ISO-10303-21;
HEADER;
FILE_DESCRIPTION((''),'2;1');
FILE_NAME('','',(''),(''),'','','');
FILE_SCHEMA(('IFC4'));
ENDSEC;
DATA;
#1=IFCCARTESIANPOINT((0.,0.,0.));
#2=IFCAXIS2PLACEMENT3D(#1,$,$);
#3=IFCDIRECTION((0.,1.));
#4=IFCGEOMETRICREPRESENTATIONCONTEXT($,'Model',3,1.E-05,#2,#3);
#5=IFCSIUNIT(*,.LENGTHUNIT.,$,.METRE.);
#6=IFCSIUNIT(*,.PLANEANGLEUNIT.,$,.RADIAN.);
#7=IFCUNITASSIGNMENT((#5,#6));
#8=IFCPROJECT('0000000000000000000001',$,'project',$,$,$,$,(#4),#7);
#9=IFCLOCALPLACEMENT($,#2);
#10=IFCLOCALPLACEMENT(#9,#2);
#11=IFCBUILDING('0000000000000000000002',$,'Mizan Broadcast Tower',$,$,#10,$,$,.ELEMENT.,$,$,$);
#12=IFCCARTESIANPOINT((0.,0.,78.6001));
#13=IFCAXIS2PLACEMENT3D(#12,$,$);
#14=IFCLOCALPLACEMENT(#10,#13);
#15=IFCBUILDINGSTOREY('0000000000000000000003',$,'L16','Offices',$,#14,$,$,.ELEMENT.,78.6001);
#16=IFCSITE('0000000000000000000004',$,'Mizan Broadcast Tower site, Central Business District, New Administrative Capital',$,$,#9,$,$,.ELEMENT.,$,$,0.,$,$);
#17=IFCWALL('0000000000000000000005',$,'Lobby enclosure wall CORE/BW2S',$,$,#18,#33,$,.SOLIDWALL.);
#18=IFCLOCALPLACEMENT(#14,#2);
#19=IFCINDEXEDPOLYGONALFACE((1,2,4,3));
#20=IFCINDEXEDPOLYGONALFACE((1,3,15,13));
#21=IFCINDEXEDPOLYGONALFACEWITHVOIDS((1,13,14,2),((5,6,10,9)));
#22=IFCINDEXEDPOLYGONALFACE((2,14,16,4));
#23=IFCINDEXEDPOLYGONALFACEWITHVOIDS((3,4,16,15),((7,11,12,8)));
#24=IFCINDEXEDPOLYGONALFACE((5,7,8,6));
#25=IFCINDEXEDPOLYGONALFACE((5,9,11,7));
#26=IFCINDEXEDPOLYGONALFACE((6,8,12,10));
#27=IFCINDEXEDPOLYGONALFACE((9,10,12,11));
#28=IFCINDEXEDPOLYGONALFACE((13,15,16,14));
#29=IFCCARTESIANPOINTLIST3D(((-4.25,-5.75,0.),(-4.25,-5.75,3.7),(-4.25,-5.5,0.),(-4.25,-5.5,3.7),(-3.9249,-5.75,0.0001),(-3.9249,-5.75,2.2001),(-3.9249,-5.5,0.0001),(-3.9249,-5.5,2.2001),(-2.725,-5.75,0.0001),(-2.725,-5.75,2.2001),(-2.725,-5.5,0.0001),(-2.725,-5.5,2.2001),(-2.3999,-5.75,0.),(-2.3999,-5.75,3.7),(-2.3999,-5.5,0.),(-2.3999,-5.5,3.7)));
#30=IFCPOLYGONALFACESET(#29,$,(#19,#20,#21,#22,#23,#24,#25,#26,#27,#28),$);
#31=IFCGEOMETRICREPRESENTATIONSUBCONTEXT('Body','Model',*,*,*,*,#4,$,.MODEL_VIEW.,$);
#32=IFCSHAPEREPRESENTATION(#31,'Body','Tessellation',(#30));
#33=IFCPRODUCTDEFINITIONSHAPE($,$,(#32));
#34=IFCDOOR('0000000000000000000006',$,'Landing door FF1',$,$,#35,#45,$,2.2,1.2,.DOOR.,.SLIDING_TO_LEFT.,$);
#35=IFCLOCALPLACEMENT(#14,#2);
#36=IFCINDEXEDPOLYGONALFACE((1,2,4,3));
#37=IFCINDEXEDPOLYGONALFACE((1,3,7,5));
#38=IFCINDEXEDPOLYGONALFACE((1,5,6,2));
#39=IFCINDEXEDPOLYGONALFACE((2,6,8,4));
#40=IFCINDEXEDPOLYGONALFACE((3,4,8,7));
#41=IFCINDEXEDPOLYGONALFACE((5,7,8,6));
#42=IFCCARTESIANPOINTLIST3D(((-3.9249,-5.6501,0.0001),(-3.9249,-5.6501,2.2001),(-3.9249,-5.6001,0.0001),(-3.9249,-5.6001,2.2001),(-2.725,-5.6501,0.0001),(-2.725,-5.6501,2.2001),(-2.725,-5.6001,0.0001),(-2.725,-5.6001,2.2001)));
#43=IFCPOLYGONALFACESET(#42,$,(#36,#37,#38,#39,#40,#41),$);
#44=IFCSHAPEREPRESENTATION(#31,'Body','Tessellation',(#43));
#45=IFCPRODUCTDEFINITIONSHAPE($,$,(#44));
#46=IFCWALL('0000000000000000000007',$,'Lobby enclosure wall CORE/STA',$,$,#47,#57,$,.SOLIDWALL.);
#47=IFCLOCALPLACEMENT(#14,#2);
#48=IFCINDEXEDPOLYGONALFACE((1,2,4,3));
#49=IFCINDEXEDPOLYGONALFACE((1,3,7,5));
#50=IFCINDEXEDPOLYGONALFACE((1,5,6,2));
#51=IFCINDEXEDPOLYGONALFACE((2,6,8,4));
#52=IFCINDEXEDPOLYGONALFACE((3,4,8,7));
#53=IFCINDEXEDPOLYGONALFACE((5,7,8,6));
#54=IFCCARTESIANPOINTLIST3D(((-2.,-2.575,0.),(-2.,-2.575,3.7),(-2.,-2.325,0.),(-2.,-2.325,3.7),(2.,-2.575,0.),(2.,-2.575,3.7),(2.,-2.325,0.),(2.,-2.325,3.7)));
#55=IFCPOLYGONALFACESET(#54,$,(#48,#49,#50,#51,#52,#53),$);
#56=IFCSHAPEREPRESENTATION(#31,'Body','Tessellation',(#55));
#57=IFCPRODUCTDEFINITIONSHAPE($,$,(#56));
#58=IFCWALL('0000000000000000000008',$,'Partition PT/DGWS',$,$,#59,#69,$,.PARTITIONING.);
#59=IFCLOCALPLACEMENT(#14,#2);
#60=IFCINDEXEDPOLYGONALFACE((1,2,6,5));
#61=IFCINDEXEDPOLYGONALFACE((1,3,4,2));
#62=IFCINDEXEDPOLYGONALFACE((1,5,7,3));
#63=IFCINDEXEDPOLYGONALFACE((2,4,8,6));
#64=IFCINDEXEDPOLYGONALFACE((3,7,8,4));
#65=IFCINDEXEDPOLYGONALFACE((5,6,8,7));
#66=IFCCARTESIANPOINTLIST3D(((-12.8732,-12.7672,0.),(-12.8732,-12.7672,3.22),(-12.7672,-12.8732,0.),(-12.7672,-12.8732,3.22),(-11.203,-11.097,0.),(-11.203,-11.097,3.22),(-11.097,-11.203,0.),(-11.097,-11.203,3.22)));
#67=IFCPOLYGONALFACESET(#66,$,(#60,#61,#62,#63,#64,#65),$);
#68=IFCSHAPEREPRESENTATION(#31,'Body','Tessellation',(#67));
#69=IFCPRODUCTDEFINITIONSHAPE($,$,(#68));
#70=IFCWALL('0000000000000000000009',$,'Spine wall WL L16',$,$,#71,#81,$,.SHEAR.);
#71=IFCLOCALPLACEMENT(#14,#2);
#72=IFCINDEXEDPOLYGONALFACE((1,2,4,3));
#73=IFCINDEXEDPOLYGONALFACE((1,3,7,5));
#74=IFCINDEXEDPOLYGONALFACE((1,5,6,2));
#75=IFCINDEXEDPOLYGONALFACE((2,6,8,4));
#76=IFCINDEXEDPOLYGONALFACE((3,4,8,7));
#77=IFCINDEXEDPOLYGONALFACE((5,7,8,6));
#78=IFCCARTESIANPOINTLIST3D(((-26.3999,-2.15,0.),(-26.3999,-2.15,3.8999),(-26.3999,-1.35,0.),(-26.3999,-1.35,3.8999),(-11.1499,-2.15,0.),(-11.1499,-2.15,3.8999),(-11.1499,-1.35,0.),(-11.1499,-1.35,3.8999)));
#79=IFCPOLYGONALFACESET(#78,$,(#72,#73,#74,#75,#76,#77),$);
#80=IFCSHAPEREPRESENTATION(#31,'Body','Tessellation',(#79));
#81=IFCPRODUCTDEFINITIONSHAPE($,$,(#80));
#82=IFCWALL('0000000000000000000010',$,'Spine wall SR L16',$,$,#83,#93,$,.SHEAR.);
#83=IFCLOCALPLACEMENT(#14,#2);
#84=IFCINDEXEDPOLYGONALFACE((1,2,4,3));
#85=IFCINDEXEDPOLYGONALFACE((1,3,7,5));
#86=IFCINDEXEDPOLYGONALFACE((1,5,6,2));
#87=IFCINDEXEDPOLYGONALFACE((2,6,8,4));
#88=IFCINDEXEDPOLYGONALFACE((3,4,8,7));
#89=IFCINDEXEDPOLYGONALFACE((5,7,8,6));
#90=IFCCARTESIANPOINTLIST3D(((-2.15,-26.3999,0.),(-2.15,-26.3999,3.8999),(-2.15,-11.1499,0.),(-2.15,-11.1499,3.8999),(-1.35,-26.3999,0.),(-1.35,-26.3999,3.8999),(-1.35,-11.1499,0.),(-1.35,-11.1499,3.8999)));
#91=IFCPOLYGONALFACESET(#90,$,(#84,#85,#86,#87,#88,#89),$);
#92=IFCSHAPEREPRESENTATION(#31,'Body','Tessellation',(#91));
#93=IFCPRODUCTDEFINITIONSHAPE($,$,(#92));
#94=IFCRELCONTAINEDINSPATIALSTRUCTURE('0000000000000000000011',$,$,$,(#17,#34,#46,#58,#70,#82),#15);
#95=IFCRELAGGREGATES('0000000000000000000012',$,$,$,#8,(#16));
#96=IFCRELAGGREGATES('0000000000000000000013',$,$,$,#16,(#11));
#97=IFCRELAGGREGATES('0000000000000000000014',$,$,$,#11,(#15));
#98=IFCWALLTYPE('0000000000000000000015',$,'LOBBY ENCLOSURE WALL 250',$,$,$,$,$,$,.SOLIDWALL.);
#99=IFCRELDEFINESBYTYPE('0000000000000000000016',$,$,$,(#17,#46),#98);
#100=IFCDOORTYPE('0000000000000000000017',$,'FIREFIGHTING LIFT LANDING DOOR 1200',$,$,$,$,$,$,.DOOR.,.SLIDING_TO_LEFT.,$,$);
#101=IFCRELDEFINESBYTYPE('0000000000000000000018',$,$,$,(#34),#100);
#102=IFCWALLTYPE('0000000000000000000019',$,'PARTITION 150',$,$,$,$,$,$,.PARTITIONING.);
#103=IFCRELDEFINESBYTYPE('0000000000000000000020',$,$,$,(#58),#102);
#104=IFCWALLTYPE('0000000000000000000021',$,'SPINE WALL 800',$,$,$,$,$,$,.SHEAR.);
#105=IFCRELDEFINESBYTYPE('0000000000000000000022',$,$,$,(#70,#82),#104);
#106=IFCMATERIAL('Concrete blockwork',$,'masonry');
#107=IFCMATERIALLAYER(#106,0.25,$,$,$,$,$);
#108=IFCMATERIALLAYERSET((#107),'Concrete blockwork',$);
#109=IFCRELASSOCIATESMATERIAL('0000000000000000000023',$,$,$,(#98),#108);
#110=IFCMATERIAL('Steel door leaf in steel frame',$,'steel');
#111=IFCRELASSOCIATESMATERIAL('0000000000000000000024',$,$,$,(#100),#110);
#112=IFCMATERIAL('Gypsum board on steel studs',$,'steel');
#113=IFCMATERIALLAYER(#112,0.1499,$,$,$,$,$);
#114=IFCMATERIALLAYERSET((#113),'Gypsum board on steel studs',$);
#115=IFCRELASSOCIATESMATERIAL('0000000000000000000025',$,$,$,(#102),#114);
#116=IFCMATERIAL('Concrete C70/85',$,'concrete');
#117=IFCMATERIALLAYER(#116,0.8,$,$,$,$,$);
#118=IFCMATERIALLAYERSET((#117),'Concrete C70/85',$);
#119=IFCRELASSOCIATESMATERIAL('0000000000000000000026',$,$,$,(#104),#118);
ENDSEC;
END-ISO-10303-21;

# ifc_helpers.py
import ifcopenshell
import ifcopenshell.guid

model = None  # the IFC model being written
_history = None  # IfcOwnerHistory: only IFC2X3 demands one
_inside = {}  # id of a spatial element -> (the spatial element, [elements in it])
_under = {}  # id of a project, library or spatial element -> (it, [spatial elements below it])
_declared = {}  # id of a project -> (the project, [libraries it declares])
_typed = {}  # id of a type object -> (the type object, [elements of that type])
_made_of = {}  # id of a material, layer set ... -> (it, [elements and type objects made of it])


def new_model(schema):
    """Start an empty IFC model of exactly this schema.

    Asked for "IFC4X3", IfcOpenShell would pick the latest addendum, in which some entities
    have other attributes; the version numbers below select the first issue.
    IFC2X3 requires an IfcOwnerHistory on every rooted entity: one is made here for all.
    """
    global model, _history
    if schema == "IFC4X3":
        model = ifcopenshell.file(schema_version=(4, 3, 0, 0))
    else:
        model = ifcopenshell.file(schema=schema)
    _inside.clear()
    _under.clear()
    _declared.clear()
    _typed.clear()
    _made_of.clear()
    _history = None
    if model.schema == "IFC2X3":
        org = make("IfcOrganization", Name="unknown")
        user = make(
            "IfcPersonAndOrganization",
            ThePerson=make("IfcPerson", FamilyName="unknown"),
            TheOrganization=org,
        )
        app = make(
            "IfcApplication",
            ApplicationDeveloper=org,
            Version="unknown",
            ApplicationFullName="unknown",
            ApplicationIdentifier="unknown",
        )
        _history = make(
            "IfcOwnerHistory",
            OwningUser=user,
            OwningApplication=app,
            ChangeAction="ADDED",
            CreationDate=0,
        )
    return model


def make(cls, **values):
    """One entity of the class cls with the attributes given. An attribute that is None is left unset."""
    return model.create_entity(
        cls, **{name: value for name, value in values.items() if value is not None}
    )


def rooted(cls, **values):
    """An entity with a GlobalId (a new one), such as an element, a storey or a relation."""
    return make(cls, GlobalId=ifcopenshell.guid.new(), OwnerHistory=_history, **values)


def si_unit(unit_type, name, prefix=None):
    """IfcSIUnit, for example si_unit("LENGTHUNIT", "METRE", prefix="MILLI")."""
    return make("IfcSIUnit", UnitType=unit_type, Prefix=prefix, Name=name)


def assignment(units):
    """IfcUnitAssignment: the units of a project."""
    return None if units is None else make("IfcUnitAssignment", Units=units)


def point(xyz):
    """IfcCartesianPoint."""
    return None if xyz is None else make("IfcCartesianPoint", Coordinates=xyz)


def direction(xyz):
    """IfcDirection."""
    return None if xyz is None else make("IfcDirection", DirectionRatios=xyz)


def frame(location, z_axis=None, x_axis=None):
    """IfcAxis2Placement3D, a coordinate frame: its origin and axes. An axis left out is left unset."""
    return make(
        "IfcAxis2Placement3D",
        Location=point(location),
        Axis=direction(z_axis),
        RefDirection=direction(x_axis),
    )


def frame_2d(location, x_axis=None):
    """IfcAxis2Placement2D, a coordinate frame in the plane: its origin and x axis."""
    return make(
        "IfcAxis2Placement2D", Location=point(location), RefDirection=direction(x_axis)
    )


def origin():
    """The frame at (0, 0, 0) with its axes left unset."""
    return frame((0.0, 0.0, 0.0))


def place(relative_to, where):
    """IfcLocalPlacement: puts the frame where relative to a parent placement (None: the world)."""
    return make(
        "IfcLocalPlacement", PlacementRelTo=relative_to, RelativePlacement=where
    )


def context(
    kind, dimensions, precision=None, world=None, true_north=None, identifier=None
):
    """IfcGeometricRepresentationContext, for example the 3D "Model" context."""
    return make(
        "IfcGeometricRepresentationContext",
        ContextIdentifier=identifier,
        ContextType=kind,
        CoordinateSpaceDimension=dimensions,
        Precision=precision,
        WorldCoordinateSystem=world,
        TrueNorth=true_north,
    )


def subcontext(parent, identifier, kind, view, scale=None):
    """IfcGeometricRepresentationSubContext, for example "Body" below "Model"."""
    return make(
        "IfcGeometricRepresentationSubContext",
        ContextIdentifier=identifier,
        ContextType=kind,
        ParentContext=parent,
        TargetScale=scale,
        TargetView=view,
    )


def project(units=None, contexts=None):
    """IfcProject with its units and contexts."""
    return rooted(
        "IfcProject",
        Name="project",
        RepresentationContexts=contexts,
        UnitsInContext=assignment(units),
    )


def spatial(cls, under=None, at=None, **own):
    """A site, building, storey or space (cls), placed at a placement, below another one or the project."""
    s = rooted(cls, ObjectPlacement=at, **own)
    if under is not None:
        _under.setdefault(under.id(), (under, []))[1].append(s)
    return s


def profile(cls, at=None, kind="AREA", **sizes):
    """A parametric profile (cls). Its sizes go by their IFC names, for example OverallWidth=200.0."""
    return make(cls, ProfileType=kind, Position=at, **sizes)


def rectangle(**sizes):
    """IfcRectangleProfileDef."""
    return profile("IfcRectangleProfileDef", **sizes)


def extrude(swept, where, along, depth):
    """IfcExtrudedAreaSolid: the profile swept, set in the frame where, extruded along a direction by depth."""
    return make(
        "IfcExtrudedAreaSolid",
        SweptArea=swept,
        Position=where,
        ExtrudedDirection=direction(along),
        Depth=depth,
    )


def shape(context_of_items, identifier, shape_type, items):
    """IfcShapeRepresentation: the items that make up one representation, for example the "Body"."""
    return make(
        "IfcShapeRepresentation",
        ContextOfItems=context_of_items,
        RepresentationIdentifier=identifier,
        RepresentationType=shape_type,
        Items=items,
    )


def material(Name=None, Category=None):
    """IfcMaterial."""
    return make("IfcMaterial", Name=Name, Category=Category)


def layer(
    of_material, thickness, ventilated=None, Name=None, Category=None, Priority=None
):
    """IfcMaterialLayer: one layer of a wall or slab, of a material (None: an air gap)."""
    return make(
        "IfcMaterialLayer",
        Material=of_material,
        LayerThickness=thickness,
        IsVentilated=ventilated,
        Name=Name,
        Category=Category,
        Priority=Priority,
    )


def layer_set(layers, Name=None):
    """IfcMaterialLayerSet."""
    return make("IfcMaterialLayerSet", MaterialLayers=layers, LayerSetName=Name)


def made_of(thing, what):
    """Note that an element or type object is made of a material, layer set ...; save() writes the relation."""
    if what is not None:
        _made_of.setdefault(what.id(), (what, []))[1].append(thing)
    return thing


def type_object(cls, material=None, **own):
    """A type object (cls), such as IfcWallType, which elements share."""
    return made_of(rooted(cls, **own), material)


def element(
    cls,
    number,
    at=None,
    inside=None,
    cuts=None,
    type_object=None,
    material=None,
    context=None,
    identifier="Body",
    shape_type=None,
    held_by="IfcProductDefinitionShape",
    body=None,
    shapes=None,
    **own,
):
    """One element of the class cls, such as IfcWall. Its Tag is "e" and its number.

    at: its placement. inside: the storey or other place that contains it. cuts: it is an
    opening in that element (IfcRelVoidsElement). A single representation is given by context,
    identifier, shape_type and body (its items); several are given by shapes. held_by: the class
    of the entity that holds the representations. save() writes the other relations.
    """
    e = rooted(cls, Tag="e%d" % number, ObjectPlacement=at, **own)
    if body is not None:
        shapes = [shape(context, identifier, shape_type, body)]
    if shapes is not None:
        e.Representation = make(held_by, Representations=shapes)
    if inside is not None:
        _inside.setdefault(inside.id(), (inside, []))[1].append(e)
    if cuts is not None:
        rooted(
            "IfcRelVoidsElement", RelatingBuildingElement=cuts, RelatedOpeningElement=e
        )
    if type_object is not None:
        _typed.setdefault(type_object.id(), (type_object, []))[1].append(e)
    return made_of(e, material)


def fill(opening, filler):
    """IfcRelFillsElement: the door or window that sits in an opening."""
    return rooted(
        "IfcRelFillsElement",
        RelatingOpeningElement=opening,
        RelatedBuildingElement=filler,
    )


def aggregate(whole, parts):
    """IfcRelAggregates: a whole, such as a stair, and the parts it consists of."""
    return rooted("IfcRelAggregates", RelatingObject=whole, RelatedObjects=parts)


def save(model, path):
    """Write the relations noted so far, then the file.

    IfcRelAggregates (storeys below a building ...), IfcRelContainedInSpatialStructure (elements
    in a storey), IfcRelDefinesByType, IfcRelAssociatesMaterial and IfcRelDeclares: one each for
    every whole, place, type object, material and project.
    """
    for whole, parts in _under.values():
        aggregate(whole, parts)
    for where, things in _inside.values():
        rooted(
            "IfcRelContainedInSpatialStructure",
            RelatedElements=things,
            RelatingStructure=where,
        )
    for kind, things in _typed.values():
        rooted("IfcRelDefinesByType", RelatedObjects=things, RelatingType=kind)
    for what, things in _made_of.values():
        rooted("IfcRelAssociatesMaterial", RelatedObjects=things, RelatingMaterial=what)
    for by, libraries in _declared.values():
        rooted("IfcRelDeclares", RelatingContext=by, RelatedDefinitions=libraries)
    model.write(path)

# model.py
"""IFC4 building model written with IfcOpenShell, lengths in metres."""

from ifc_helpers import new_model, si_unit, direction, frame, frame_2d, origin, place, context, subcontext, project, spatial, rectangle, extrude, material, layer, layer_set, type_object, element, fill, save


model = new_model("IFC4")

# Units and contexts
model_context = context("Model", 3, precision=1e-05, world=origin(), true_north=direction((0.0, 1.0)))
body_context = subcontext(model_context, "Body", "Model", "MODEL_VIEW")
ifc_project = project(units=[si_unit("LENGTHUNIT", "METRE"), si_unit("PLANEANGLEUNIT", "RADIAN")], contexts=[model_context])

# Site, building, storey
site_placement = place(None, origin())
site = spatial("IfcSite", under=ifc_project, at=site_placement, Name="Mizan Broadcast Tower site, Central Business District, New Administrative Capital", CompositionType="ELEMENT", RefElevation=0.0)
building_placement = place(site_placement, origin())
building = spatial("IfcBuilding", under=site, at=building_placement, Name="Mizan Broadcast Tower", CompositionType="ELEMENT")
storey_placement = place(building_placement, frame((0.0, 0.0, 78.6001)))
storey = spatial("IfcBuildingStorey", under=building, at=storey_placement, Name="L16", Description="Offices", CompositionType="ELEMENT", Elevation=78.6001)

# Shared definitions
ifc_material_1 = material(Name="Concrete blockwork", Category="masonry")
ifc_layer_1 = layer(ifc_material_1, 0.25)
ifc_layer_set_1 = layer_set([ifc_layer_1], Name="Concrete blockwork")
wall_type_1 = type_object("IfcWallType", Name="LOBBY ENCLOSURE WALL 250", PredefinedType="SOLIDWALL", material=ifc_layer_set_1)

# Wall, opening, door
wall_1_placement = place(storey_placement, frame((-4.25, -5.625, 0.0), z_axis=(0.0, 0.0, 1.0), x_axis=(1.0, 0.0, 0.0)))
wall_1 = element("IfcWall", 1, at=wall_1_placement, inside=storey, type_object=wall_type_1, Name="Lobby enclosure wall CORE/BW2S", PredefinedType="SOLIDWALL", context=body_context, shape_type="SweptSolid", body=[
    extrude(rectangle(XDim=1.8501, YDim=0.25, at=frame_2d((0.925, 0.0))), origin(), (0.0, 0.0, 1.0), 3.7),
])
opening_1_placement = place(wall_1_placement, frame((0.325, 0.0, 0.0)))
opening_1 = element("IfcOpeningElement", 2, at=opening_1_placement, cuts=wall_1, PredefinedType="OPENING", context=body_context, shape_type="SweptSolid", body=[
    extrude(rectangle(XDim=1.2, YDim=2.2, at=frame_2d((0.6001, 1.1001))), frame((0.0, 0.135, 0.0), z_axis=(0.0, -1.0, 0.0), x_axis=(1.0, 0.0, 0.0)), (0.0, 0.0, 1.0), 0.27),
])
ifc_material_2 = material(Name="Steel door leaf in steel frame", Category="steel")
door_type_1 = type_object("IfcDoorType", Name="FIREFIGHTING LIFT LANDING DOOR 1200", OperationType="SLIDING_TO_LEFT", PredefinedType="DOOR", material=ifc_material_2)
door_1_placement = place(opening_1_placement, origin())
door_1 = element("IfcDoor", 3, at=door_1_placement, inside=storey, type_object=door_type_1, Name="Landing door FF1", OperationType="SLIDING_TO_LEFT", OverallHeight=2.2, OverallWidth=1.2, PredefinedType="DOOR", context=body_context, shape_type="SweptSolid", body=[
    extrude(rectangle(XDim=1.2, YDim=2.2, at=frame_2d((0.6001, 1.1001))), frame((0.0, 0.0249, 0.0), z_axis=(0.0, -1.0, 0.0), x_axis=(1.0, 0.0, 0.0)), (0.0, 0.0, 1.0), 0.05),
])
fill(opening_1, door_1)

# Walls
wall_2_placement = place(storey_placement, frame((-2.0, -2.45, 0.0), z_axis=(0.0, 0.0, 1.0), x_axis=(1.0, 0.0, 0.0)))
element("IfcWall", 4, at=wall_2_placement, inside=storey, type_object=wall_type_1, Name="Lobby enclosure wall CORE/STA", PredefinedType="SOLIDWALL", context=body_context, shape_type="SweptSolid", body=[
    extrude(rectangle(XDim=4.0, YDim=0.25, at=frame_2d((2.0, 0.0))), origin(), (0.0, 0.0, 1.0), 3.7),
])
ifc_material_3 = material(Name="Gypsum board on steel studs", Category="steel")
ifc_layer_2 = layer(ifc_material_3, 0.1499)
ifc_layer_set_2 = layer_set([ifc_layer_2], Name="Gypsum board on steel studs")
wall_type_2 = type_object("IfcWallType", Name="PARTITION 150", PredefinedType="PARTITIONING", material=ifc_layer_set_2)
wall_3_placement = place(storey_placement, frame((-11.1499, -11.1499, 0.0), z_axis=(0.0, 0.0, 1.0), x_axis=(-0.707107, -0.707107, 0.0)))
element("IfcWall", 5, at=wall_3_placement, inside=storey, type_object=wall_type_2, Name="Partition PT/DGWS", PredefinedType="PARTITIONING", context=body_context, shape_type="SweptSolid", body=[
    extrude(rectangle(XDim=2.3621, YDim=0.1499, at=frame_2d((1.1812, 0.0))), origin(), (0.0, 0.0, 1.0), 3.22),
])
ifc_material_4 = material(Name="Concrete C70/85", Category="concrete")
ifc_layer_3 = layer(ifc_material_4, 0.8)
ifc_layer_set_3 = layer_set([ifc_layer_3], Name="Concrete C70/85")
wall_type_3 = type_object("IfcWallType", Name="SPINE WALL 800", PredefinedType="SHEAR", material=ifc_layer_set_3)
for number, where, z_axis, x_axis, name in (
    (6, (-11.1499, -1.75, 0.0), (0.0, 0.0, 1.0), (-1.0, 0.0, 0.0), "Spine wall WL L16"),
    (7, (-1.75, -11.1499, 0.0), (0.0, 0.0, 1.0), (0.0, -1.0, 0.0), "Spine wall SR L16"),
):
    element("IfcWall", number, at=place(storey_placement, frame(where, z_axis=z_axis, x_axis=x_axis)), inside=storey, type_object=wall_type_3, Name=name, PredefinedType="SHEAR", context=body_context, shape_type="SweptSolid", body=[
        extrude(rectangle(XDim=15.25, YDim=0.8, at=frame_2d((7.625, 0.0))), origin(), (0.0, 0.0, 1.0), 3.8999),
    ])

save(model, "model.ifc")
